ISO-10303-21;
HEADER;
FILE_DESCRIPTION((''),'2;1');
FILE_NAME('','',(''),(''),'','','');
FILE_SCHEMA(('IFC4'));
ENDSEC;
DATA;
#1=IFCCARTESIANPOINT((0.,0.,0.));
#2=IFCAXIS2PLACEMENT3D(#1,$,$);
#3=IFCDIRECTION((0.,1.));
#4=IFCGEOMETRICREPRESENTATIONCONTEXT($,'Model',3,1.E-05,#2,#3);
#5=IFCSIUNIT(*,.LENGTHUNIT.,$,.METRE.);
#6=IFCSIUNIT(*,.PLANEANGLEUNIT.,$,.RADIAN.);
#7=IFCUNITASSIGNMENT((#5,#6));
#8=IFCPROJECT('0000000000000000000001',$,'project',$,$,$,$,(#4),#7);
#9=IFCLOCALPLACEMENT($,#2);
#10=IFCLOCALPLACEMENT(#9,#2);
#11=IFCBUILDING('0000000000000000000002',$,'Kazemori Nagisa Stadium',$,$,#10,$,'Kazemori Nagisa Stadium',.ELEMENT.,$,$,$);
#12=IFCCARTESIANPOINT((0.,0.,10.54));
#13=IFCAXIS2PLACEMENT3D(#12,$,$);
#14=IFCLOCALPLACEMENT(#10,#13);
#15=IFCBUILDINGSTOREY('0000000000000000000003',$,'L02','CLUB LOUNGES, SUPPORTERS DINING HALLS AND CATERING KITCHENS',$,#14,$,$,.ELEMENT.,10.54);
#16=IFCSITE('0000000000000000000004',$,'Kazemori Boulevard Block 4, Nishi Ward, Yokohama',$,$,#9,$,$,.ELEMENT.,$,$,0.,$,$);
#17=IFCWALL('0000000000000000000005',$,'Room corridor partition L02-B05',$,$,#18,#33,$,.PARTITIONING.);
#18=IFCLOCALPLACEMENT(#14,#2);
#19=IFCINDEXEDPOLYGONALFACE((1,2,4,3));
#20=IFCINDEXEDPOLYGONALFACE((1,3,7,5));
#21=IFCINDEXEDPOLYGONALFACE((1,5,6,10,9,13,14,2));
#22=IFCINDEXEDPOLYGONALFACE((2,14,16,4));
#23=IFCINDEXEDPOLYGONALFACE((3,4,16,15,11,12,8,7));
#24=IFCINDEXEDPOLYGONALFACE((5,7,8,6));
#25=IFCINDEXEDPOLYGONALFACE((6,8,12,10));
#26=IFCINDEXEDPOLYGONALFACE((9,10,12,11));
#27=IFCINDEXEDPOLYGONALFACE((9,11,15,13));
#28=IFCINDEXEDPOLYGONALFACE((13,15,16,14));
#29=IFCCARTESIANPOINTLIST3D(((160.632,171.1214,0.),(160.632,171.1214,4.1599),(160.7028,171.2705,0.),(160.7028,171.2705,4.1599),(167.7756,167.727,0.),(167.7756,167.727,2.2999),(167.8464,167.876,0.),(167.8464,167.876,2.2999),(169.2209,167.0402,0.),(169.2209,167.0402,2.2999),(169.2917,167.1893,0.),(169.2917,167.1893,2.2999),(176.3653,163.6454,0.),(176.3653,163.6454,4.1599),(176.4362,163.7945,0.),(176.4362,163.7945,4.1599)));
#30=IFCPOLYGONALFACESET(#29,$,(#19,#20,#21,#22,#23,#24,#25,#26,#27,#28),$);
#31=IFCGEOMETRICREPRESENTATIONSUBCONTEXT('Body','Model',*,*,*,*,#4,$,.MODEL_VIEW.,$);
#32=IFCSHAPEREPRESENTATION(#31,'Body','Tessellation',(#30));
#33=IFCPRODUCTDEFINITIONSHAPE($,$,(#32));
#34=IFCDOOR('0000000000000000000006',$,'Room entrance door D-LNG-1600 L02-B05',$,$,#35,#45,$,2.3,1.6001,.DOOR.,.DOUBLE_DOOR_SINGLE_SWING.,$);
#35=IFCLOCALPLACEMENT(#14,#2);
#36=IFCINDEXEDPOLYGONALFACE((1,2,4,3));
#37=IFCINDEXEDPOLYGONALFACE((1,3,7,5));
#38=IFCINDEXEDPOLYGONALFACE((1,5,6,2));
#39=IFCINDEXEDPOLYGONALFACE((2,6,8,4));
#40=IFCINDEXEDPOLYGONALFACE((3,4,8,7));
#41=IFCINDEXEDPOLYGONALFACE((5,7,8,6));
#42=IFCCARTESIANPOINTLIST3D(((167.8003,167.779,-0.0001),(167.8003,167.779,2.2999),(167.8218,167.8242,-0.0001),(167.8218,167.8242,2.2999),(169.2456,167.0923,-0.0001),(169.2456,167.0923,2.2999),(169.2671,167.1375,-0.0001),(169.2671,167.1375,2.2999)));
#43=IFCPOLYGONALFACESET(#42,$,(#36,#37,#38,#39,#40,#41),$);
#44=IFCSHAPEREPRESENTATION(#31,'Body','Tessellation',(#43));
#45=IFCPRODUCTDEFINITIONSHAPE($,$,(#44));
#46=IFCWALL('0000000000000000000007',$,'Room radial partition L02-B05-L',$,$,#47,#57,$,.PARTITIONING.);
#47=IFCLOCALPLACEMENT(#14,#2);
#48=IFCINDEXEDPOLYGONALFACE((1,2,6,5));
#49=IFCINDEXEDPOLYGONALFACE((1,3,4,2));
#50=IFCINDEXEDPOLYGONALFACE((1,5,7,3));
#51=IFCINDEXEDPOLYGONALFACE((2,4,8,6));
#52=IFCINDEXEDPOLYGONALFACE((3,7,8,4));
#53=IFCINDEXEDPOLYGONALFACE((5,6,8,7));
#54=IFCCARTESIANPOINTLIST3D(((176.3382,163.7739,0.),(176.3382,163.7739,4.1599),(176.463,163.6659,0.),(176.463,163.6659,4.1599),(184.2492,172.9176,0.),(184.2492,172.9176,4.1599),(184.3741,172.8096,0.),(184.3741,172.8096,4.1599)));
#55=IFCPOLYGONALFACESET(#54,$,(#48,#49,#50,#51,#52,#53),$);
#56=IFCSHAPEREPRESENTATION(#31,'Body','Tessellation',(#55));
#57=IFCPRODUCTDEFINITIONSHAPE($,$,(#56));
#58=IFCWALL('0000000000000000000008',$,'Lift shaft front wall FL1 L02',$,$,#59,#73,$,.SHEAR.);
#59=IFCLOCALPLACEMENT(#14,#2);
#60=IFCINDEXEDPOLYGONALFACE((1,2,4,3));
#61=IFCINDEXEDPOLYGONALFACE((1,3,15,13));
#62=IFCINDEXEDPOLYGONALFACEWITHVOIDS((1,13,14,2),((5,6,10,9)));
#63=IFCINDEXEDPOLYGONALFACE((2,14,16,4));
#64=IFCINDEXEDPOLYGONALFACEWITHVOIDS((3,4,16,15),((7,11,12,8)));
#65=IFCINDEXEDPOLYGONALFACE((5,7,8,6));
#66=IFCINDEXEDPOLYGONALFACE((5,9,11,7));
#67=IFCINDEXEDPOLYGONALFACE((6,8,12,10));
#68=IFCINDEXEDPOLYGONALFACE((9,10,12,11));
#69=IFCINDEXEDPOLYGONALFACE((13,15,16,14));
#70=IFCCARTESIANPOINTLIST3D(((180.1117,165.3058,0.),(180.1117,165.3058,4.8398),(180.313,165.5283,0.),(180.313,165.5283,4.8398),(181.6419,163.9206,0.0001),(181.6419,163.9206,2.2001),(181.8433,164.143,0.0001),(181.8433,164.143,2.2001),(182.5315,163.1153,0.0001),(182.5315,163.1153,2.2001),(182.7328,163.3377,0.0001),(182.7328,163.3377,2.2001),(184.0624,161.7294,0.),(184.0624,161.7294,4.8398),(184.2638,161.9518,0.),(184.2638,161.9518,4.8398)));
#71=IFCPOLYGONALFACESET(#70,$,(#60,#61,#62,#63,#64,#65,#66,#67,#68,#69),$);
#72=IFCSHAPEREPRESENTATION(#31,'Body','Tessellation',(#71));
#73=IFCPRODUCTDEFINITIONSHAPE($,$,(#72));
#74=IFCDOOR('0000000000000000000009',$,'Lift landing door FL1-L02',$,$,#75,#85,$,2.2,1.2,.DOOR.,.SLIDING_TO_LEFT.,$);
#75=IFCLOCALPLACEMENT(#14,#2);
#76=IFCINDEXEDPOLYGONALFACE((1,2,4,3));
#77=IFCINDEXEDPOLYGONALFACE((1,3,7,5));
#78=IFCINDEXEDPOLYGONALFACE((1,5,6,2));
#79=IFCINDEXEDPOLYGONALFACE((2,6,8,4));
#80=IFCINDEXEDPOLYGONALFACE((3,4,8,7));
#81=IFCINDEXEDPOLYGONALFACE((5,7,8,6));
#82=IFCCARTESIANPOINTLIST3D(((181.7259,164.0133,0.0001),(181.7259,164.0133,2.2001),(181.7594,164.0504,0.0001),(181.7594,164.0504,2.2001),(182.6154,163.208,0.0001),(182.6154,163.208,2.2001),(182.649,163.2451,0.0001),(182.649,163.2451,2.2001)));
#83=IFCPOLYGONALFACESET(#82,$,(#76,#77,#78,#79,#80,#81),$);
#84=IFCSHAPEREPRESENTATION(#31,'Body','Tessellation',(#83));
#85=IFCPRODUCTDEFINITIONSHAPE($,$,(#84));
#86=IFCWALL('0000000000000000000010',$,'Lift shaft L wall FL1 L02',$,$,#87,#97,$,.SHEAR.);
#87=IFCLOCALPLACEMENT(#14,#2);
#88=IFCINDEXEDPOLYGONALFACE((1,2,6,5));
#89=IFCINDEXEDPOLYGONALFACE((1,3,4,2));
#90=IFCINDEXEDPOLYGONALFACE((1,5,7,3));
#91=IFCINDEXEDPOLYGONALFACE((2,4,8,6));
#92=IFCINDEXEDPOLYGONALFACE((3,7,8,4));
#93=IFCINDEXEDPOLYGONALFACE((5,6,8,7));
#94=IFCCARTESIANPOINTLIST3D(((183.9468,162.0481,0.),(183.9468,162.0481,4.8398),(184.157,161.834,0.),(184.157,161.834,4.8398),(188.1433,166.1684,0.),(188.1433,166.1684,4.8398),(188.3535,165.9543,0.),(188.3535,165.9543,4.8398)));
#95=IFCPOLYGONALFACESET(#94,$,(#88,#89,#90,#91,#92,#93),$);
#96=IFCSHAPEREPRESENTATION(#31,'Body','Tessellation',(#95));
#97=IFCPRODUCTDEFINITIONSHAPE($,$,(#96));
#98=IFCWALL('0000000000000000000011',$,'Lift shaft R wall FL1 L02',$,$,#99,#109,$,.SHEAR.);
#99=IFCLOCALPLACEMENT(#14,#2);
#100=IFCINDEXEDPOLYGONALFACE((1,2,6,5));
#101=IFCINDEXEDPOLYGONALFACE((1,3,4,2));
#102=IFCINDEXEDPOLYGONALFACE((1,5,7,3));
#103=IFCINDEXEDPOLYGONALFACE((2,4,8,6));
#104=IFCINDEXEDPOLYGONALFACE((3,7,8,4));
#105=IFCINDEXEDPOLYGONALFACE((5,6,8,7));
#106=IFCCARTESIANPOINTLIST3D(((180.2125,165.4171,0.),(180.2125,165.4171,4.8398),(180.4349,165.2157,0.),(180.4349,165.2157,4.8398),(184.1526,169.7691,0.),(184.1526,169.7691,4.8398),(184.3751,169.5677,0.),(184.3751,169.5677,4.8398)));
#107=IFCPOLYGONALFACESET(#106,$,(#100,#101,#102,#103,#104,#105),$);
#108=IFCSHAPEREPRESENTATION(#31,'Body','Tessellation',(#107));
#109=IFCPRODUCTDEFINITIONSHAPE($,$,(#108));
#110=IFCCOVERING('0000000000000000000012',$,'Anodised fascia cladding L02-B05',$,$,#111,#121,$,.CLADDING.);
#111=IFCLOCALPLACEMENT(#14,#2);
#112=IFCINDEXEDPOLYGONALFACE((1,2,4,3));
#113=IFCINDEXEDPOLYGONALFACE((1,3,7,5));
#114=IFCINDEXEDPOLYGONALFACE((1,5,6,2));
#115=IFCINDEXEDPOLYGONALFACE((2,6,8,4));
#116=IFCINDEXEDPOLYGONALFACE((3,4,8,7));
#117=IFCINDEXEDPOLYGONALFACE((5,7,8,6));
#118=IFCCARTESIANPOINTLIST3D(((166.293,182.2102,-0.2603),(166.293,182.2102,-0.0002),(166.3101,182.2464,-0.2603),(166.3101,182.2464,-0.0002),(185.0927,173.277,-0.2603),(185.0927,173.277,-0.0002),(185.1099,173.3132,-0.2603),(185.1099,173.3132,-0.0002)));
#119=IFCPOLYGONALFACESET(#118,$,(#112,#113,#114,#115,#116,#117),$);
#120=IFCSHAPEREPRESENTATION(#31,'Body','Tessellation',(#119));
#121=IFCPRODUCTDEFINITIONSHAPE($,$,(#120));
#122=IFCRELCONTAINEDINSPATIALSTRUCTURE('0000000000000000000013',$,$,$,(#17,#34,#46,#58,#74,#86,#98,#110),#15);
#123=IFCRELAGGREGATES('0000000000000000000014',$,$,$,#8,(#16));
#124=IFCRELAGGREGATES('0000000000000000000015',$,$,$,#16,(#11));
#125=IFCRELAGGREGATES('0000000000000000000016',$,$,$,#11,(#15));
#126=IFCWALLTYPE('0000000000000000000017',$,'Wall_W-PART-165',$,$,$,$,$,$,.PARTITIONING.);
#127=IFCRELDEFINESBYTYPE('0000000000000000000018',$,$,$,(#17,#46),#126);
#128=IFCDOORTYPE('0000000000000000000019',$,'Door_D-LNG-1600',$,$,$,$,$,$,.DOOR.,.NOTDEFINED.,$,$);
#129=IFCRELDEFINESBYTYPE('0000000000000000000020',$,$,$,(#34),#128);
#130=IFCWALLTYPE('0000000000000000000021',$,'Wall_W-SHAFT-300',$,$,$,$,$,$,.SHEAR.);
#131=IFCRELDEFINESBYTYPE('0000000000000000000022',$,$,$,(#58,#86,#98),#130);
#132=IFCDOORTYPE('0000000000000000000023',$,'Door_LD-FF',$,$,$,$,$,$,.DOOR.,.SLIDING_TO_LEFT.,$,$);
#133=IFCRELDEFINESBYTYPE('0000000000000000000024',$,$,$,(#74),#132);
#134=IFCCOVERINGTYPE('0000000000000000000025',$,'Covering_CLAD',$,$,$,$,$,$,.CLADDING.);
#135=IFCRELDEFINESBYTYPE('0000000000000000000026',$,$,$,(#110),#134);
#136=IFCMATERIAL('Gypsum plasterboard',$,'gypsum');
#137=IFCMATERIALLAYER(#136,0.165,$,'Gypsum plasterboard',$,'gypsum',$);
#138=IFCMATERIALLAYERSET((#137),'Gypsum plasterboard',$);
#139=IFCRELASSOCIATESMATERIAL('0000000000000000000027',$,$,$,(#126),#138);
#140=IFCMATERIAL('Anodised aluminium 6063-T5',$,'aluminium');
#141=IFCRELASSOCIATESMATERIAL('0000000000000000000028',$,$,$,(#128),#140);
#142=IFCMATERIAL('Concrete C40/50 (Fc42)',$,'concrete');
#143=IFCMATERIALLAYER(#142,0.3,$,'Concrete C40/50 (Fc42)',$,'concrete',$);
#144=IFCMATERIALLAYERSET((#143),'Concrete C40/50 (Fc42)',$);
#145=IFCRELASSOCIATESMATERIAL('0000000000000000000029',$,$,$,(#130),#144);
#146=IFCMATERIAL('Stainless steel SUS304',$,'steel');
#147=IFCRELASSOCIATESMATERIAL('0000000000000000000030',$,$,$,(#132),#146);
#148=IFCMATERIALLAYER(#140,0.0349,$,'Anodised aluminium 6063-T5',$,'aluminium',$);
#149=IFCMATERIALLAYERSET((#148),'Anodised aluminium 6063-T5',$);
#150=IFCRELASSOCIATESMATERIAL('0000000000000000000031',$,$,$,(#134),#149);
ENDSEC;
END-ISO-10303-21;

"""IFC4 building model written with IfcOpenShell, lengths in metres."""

from ifc_helpers import new_model, si_unit, direction, frame, frame_2d, origin, origin_2d, place, context, subcontext, project, spatial, rectangle, extrude, material, layer, layer_set, type_object, element, fill, save


model = new_model("IFC4")

# Units and contexts
model_context = context("Model", 3, precision=1e-05, world=origin(), true_north=direction((0.0, 1.0)))
body_context = subcontext(model_context, "Body", "Model", "MODEL_VIEW")
ifc_project = project(units=[si_unit("LENGTHUNIT", "METRE"), si_unit("PLANEANGLEUNIT", "RADIAN")], contexts=[model_context])

# Site, building, storey
site_placement = place(None, origin())
site = spatial("IfcSite", under=ifc_project, at=site_placement, Name="Kazemori Boulevard Block 4, Nishi Ward, Yokohama", CompositionType="ELEMENT", RefElevation=0.0)
building_placement = place(site_placement, origin())
building = spatial("IfcBuilding", under=site, at=building_placement, Name="Kazemori Nagisa Stadium", LongName="Kazemori Nagisa Stadium", CompositionType="ELEMENT")
storey_placement = place(building_placement, frame((0.0, 0.0, 10.54)))
storey = spatial("IfcBuildingStorey", under=building, at=storey_placement, Name="L02", Description="CLUB LOUNGES, SUPPORTERS DINING HALLS AND CATERING KITCHENS", CompositionType="ELEMENT", Elevation=10.54)

# Shared definitions
ifc_material_1 = material(Name="Concrete C40/50 (Fc42)", Category="concrete")

# Shared definitions
ifc_material_2 = material(Name="Anodised aluminium 6063-T5", Category="aluminium")

# Wall, opening, door
ifc_material_3 = material(Name="Gypsum plasterboard", Category="gypsum")
ifc_layer_1 = layer(ifc_material_3, 0.165, Name="Gypsum plasterboard", Category="gypsum")
ifc_layer_set_1 = layer_set([ifc_layer_1], Name="Gypsum plasterboard")
wall_type_1 = type_object("IfcWallType", Name="Wall_W-PART-165", PredefinedType="PARTITIONING", material=ifc_layer_set_1)
wall_1_placement = place(storey_placement, frame((176.4006, 163.72, 0.0), z_axis=(0.0, 0.0, 1.0), x_axis=(-0.903217, 0.429184, 0.0)))
wall_1 = element("IfcWall", 1, at=wall_1_placement, inside=storey, type_object=wall_type_1, Name="Room corridor partition L02-B05", PredefinedType="PARTITIONING", context=body_context, shape_type="SweptSolid", body=[
    extrude(rectangle(XDim=17.4192, YDim=0.165, at=frame_2d((8.7095, 0.0))), origin(), (0.0, 0.0, 1.0), 4.1599),
])
opening_1_placement = place(wall_1_placement, frame((7.9099, 0.0, 0.0)))
opening_1 = element("IfcOpeningElement", 2, at=opening_1_placement, cuts=wall_1, PredefinedType="OPENING", context=body_context, shape_type="SweptSolid", body=[
    extrude(rectangle(XDim=1.6001, YDim=2.3, at=frame_2d((0.8, 1.1499))), frame((0.0, 0.0925, 0.0), z_axis=(0.0, -1.0, 0.0), x_axis=(1.0, 0.0, 0.0)), (0.0, 0.0, 1.0), 0.1851),
])
door_type_1 = type_object("IfcDoorType", Name="Door_D-LNG-1600", OperationType="NOTDEFINED", PredefinedType="DOOR", material=ifc_material_2)
door_1_placement = place(opening_1_placement, origin())
door_1 = element("IfcDoor", 3, at=door_1_placement, inside=storey, type_object=door_type_1, Name="Room entrance door D-LNG-1600 L02-B05", OperationType="DOUBLE_DOOR_SINGLE_SWING", OverallHeight=2.3, OverallWidth=1.6001, PredefinedType="DOOR", context=body_context, shape_type="SweptSolid", body=[
    extrude(rectangle(XDim=1.6001, YDim=2.3, at=frame_2d((0.8, 1.1499))), frame((0.0, 0.0249, 0.0), z_axis=(0.0, -1.0, 0.0), x_axis=(1.0, 0.0, 0.0)), (0.0, 0.0, 1.0), 0.05),
])
fill(opening_1, door_1)

# Wall
wall_2_placement = place(storey_placement, frame((176.4006, 163.72, 0.0), z_axis=(0.0, 0.0, 1.0), x_axis=(0.654293, 0.756241, 0.0)))
element("IfcWall", 4, at=wall_2_placement, inside=storey, type_object=wall_type_1, Name="Room radial partition L02-B05-L", PredefinedType="PARTITIONING", context=body_context, shape_type="SweptSolid", body=[
    extrude(rectangle(XDim=12.0911, YDim=0.165, at=frame_2d((6.0454, 0.0))), origin(), (0.0, 0.0, 1.0), 4.1599),
])

# Wall, opening, door
ifc_layer_2 = layer(ifc_material_1, 0.3, Name="Concrete C40/50 (Fc42)", Category="concrete")
ifc_layer_set_2 = layer_set([ifc_layer_2], Name="Concrete C40/50 (Fc42)")
wall_type_2 = type_object("IfcWallType", Name="Wall_W-SHAFT-300", PredefinedType="SHEAR", material=ifc_layer_set_2)
wall_3_placement = place(storey_placement, frame((184.1631, 161.8406, 0.0), z_axis=(0.0, 0.0, 1.0), x_axis=(-0.74135, 0.671118, 0.0)))
wall_3 = element("IfcWall", 5, at=wall_3_placement, inside=storey, type_object=wall_type_2, Name="Lift shaft front wall FL1 L02", PredefinedType="SHEAR", context=body_context, shape_type="SweptSolid", body=[
    extrude(rectangle(XDim=5.3291, YDim=0.3, at=frame_2d((2.6646, 0.0))), origin(), (0.0, 0.0, 1.0), 4.8398),
])
opening_2_placement = place(wall_3_placement, frame((2.0649, 0.0, 0.0)))
opening_2 = element("IfcOpeningElement", 6, at=opening_2_placement, cuts=wall_3, PredefinedType="OPENING", context=body_context, shape_type="SweptSolid", body=[
    extrude(rectangle(XDim=1.2, YDim=2.2, at=frame_2d((0.6001, 1.1001))), frame((0.0, 0.1599, 0.0), z_axis=(0.0, -1.0, 0.0), x_axis=(1.0, 0.0, 0.0)), (0.0, 0.0, 1.0), 0.3201),
])
ifc_material_4 = material(Name="Stainless steel SUS304", Category="steel")
door_type_2 = type_object("IfcDoorType", Name="Door_LD-FF", OperationType="SLIDING_TO_LEFT", PredefinedType="DOOR", material=ifc_material_4)
door_2_placement = place(opening_2_placement, origin())
door_2 = element("IfcDoor", 7, at=door_2_placement, inside=storey, type_object=door_type_2, Name="Lift landing door FL1-L02", OperationType="SLIDING_TO_LEFT", OverallHeight=2.2, OverallWidth=1.2, PredefinedType="DOOR", context=body_context, shape_type="SweptSolid", body=[
    extrude(rectangle(XDim=1.2, YDim=2.2, at=frame_2d((0.6001, 1.1001))), frame((0.0, 0.0249, 0.0), z_axis=(0.0, -1.0, 0.0), x_axis=(1.0, 0.0, 0.0)), (0.0, 0.0, 1.0), 0.05),
])
fill(opening_2, door_2)

# Walls
wall_4_placement = place(storey_placement, frame((184.052, 161.9412, 0.0), z_axis=(0.0, 0.0, 1.0), x_axis=(0.713553, 0.700601, 0.0)))
element("IfcWall", 8, at=wall_4_placement, inside=storey, type_object=wall_type_2, Name="Lift shaft L wall FL1 L02", PredefinedType="SHEAR", context=body_context, shape_type="SweptSolid", body=[
    extrude(rectangle(XDim=5.8811, YDim=0.3, at=frame_2d((2.9404, 0.0))), origin(), (0.0, 0.0, 1.0), 4.8398),
])
wall_5_placement = place(storey_placement, frame((180.3237, 165.3164, 0.0), z_axis=(0.0, 0.0, 1.0), x_axis=(0.671158, 0.741314, 0.0)))
element("IfcWall", 9, at=wall_5_placement, inside=storey, type_object=wall_type_2, Name="Lift shaft R wall FL1 L02", PredefinedType="SHEAR", context=body_context, shape_type="SweptSolid", body=[
    extrude(rectangle(XDim=5.8706, YDim=0.3, at=frame_2d((2.9353, 0.0))), origin(), (0.0, 0.0, 1.0), 4.8398),
])

# Covering
ifc_layer_3 = layer(ifc_material_2, 0.0349, Name="Anodised aluminium 6063-T5", Category="aluminium")
ifc_layer_set_3 = layer_set([ifc_layer_3], Name="Anodised aluminium 6063-T5")
covering_type = type_object("IfcCoveringType", Name="Covering_CLAD", PredefinedType="CLADDING", material=ifc_layer_set_3)
covering_placement = place(storey_placement, frame((175.7014, 177.7617, -0.2603), z_axis=(0.0, 0.0, 1.0), x_axis=(-0.903216, 0.429186, 0.0)))
element("IfcCovering", 10, at=covering_placement, inside=storey, type_object=covering_type, Name="Anodised fascia cladding L02-B05", PredefinedType="CLADDING", context=body_context, shape_type="SweptSolid", body=[
    extrude(rectangle(XDim=20.8142, YDim=0.04, at=origin_2d()), origin(), (0.0, 0.0, 1.0), 0.26),
])

save(model, "model.ifc")
